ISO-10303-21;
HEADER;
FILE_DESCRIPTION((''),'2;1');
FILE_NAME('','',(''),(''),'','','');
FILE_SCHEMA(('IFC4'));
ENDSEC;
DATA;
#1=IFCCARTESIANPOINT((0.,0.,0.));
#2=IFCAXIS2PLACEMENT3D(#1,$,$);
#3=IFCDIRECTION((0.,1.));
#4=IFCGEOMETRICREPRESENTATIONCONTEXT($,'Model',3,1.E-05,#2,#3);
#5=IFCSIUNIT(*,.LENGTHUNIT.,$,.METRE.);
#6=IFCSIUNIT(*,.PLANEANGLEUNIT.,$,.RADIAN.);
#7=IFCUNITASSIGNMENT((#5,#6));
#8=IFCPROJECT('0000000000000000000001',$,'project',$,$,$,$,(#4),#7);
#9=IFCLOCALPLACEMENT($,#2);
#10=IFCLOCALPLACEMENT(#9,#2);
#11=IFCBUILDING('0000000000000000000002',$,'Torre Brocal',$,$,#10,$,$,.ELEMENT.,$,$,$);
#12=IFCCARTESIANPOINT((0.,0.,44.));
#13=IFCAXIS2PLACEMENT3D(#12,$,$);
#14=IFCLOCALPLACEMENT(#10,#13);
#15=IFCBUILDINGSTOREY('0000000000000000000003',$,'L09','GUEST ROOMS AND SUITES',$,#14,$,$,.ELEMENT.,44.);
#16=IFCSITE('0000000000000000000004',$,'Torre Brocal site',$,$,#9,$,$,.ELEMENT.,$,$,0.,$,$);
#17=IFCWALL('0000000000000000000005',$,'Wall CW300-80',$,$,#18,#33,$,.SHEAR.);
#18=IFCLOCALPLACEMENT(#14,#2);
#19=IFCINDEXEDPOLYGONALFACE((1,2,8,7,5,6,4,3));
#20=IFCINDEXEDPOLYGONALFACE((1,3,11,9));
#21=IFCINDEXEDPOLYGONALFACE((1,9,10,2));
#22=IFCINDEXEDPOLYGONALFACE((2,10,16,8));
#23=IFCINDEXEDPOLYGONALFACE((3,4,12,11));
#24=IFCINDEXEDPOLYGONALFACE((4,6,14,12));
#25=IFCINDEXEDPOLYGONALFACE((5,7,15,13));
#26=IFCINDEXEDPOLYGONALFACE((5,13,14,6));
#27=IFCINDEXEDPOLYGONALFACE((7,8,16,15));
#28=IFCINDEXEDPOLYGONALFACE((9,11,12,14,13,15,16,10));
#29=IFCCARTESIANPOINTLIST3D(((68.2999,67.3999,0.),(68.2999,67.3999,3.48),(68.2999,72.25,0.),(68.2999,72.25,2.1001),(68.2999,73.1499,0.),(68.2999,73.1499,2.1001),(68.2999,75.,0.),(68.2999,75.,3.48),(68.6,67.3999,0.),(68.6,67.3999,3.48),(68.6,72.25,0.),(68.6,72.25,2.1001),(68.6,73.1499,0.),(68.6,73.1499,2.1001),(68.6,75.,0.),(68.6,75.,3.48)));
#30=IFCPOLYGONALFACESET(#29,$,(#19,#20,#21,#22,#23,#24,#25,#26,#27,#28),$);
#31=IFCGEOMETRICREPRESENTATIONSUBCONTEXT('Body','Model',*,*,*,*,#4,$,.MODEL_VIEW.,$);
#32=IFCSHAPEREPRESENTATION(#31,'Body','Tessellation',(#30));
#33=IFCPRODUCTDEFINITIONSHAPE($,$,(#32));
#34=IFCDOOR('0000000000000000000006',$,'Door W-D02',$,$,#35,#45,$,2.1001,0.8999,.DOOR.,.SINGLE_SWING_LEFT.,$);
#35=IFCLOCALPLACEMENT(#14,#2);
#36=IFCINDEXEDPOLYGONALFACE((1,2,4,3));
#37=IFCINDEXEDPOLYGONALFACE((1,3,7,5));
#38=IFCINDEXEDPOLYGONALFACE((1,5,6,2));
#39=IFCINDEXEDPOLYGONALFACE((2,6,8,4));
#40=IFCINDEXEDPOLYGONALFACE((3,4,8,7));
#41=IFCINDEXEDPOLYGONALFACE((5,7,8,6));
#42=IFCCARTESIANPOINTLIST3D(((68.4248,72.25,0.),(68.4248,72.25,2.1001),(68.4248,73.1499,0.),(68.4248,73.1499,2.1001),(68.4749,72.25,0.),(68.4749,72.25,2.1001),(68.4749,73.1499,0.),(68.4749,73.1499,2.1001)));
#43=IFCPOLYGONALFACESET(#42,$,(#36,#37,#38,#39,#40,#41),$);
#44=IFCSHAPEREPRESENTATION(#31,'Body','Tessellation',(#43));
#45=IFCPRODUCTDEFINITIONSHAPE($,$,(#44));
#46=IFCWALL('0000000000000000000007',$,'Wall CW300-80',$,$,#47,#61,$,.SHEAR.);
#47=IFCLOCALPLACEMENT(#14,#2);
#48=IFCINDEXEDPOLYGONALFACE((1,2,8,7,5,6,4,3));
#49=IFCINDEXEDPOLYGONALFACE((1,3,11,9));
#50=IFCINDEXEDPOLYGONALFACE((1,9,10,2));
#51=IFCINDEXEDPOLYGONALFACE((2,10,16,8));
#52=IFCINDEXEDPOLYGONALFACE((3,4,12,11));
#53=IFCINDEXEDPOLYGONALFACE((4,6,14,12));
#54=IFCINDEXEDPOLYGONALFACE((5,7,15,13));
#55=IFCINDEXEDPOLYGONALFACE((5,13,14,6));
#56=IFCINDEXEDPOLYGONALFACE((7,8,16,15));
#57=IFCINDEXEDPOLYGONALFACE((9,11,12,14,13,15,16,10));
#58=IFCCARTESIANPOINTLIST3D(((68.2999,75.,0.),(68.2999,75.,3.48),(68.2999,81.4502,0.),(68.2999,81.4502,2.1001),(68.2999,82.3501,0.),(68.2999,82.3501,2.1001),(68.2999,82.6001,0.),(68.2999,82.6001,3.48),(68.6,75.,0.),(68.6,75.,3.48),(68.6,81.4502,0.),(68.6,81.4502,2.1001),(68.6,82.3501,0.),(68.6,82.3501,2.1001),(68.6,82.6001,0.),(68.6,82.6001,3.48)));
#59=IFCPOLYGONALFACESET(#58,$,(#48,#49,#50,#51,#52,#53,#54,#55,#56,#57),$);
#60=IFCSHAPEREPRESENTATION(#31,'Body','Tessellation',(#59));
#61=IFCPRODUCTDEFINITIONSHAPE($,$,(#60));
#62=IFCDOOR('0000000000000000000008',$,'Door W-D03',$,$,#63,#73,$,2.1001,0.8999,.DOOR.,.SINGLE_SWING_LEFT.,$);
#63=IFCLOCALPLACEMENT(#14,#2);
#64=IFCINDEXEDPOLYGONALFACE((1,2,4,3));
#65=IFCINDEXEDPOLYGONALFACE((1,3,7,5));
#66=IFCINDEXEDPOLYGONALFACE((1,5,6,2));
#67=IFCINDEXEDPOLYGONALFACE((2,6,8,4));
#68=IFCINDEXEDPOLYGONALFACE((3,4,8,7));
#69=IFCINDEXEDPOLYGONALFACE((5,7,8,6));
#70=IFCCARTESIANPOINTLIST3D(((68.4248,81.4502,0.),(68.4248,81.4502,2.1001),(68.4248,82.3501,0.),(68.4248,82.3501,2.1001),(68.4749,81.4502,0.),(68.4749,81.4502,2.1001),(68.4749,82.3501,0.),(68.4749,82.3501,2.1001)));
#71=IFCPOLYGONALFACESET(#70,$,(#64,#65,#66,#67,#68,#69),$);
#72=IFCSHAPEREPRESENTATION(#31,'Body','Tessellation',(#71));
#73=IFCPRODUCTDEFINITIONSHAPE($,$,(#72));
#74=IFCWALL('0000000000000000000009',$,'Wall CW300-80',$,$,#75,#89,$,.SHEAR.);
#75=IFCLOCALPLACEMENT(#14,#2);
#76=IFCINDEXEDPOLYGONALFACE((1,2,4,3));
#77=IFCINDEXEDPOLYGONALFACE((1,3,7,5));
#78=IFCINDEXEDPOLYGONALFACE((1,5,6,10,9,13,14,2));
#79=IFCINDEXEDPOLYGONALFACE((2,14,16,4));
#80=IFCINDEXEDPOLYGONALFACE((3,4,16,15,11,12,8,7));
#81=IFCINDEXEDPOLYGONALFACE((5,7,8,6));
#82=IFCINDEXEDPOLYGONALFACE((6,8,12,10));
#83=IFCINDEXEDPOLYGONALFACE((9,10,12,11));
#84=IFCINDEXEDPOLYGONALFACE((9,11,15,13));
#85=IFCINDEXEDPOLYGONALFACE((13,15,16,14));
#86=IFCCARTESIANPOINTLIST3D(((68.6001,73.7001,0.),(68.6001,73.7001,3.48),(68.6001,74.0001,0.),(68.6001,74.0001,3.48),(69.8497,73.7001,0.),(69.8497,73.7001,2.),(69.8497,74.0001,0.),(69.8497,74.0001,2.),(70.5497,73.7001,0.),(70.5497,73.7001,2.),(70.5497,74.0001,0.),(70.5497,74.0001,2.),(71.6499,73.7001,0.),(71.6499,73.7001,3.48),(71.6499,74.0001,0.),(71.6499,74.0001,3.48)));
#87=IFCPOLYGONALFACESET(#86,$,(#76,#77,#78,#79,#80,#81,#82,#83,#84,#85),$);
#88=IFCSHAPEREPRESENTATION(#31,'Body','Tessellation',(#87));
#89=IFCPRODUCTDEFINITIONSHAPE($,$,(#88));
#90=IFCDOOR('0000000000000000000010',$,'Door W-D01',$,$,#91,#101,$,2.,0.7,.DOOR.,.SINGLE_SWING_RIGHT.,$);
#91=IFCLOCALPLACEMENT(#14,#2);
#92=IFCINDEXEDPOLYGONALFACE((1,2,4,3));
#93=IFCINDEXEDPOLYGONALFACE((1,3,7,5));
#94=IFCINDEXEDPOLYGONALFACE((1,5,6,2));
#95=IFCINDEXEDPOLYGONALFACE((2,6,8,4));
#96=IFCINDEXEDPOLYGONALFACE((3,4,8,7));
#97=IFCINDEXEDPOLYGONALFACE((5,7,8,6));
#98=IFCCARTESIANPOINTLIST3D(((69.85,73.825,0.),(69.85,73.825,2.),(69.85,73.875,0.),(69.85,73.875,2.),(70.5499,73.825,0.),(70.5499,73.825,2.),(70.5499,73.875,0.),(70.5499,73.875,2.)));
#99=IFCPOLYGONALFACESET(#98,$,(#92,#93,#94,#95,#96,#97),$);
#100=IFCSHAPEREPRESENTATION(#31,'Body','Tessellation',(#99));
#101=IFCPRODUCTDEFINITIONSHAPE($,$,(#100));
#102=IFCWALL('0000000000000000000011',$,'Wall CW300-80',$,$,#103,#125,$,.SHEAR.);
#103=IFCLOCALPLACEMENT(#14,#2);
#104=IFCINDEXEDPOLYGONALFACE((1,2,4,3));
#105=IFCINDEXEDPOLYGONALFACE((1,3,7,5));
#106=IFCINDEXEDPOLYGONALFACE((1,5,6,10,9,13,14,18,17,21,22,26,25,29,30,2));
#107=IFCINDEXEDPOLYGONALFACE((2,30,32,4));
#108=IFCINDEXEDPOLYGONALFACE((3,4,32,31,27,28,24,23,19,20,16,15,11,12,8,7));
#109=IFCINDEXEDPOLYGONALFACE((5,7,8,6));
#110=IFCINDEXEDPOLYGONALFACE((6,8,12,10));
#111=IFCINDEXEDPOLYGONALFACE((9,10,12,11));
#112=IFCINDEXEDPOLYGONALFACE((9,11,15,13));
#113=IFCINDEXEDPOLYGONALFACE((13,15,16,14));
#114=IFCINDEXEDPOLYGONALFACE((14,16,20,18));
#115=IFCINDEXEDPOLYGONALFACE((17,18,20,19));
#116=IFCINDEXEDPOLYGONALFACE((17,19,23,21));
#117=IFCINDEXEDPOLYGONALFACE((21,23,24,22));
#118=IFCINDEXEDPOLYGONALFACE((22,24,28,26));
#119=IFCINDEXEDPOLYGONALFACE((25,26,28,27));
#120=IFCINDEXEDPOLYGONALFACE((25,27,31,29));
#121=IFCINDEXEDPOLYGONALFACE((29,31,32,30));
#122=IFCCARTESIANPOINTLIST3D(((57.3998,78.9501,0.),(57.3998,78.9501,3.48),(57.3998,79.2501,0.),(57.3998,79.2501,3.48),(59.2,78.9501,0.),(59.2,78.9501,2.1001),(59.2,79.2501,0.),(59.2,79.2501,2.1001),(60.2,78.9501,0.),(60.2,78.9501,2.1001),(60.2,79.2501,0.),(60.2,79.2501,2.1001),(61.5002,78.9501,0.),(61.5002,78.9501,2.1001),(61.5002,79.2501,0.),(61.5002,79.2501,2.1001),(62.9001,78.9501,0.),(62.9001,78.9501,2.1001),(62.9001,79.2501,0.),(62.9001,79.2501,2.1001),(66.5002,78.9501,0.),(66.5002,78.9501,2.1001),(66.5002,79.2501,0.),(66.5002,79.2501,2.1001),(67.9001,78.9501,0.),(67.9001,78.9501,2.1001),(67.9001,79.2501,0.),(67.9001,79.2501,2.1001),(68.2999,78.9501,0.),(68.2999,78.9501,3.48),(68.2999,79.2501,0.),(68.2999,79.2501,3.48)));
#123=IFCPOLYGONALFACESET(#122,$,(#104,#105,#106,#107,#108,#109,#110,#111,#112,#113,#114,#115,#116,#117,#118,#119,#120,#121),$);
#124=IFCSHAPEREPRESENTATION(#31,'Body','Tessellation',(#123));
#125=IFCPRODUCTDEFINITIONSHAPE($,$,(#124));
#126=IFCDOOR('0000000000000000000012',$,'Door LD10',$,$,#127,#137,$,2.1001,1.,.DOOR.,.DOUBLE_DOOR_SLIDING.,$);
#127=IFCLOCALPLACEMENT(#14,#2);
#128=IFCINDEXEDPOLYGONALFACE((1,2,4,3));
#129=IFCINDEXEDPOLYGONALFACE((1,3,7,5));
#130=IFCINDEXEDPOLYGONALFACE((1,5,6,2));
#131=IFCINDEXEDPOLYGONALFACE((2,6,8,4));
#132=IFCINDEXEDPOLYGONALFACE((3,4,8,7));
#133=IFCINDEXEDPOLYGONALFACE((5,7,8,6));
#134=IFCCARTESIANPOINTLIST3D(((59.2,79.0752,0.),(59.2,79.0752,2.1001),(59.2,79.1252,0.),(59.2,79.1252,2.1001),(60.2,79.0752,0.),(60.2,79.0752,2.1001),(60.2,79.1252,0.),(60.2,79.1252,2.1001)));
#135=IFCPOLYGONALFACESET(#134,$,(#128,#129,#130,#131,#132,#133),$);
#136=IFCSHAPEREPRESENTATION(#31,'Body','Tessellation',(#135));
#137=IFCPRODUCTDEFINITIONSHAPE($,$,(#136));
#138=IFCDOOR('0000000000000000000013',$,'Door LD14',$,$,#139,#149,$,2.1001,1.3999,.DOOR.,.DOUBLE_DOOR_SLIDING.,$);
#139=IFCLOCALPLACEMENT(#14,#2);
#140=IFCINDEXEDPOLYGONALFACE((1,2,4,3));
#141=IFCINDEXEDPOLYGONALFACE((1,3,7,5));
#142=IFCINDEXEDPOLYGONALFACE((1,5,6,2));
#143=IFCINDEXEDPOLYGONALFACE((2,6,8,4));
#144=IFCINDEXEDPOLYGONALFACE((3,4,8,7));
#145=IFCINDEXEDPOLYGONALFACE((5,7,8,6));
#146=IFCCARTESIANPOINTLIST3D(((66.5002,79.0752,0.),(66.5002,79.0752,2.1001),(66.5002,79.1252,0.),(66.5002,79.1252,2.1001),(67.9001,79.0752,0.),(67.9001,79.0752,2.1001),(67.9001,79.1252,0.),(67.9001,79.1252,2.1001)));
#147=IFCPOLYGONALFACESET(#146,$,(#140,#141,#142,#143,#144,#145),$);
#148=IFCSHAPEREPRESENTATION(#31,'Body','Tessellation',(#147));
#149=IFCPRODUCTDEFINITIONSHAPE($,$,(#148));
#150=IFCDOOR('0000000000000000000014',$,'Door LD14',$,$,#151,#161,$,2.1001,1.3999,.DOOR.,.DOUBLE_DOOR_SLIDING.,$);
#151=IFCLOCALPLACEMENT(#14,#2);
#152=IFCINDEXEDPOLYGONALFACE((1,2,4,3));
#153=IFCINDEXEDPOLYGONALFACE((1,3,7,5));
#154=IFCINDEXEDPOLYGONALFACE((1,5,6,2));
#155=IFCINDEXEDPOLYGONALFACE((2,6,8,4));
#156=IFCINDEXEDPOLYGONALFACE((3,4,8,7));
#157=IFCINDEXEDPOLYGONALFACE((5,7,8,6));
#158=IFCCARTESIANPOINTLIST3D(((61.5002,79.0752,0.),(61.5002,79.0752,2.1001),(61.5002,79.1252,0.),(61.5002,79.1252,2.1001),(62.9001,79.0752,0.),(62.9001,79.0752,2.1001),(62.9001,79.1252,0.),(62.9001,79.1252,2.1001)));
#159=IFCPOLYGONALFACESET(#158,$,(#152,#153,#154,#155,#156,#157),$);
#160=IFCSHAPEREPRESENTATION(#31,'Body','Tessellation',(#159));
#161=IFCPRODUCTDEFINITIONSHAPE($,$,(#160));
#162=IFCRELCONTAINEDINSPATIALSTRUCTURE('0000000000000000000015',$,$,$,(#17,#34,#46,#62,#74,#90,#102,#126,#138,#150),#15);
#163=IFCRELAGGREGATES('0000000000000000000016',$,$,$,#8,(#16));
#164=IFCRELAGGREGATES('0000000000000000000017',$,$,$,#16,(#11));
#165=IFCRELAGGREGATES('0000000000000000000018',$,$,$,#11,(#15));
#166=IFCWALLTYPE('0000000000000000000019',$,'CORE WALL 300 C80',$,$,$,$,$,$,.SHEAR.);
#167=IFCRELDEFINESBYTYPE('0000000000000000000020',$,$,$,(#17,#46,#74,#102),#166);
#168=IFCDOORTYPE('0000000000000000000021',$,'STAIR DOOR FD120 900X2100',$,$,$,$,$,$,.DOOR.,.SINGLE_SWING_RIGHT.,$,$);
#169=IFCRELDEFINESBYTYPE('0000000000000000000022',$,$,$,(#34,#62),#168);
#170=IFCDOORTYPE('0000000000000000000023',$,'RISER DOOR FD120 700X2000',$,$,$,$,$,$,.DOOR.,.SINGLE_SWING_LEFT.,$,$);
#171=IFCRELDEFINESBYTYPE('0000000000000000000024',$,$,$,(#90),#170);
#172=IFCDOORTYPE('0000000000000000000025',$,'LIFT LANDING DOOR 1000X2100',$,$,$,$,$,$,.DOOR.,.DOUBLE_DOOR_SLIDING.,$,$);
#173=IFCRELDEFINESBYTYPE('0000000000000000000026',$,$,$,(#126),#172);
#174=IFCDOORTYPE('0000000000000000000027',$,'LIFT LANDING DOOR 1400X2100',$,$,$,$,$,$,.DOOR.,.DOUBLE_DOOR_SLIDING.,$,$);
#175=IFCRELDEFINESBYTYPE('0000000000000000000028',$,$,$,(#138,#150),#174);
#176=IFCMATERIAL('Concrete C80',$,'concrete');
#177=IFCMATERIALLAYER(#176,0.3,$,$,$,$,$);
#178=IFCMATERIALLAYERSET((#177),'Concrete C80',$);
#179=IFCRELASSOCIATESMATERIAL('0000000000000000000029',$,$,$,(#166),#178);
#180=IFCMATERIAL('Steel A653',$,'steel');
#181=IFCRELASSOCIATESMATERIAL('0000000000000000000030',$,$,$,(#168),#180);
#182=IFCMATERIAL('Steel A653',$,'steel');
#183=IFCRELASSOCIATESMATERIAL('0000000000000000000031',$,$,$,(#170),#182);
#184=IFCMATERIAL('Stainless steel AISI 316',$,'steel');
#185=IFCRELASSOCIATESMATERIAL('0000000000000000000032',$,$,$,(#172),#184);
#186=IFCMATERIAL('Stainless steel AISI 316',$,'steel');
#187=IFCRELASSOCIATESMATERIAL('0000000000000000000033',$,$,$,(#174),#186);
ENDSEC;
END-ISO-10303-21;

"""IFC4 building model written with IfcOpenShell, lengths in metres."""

from ifc_helpers import new_model, si_unit, direction, frame, frame_2d, origin, place, context, subcontext, project, spatial, rectangle, extrude, material, layer, layer_set, type_object, element, fill, save


model = new_model("IFC4")

# Units and contexts
model_context = context("Model", 3, precision=1e-05, world=origin(), true_north=direction((0.0, 1.0)))
body_context = subcontext(model_context, "Body", "Model", "MODEL_VIEW")
ifc_project = project(units=[si_unit("LENGTHUNIT", "METRE"), si_unit("PLANEANGLEUNIT", "RADIAN")], contexts=[model_context])

# Site, building, storey
site_placement = place(None, origin())
site = spatial("IfcSite", under=ifc_project, at=site_placement, Name="Torre Brocal site", CompositionType="ELEMENT", RefElevation=0.0)
building_placement = place(site_placement, origin())
building = spatial("IfcBuilding", under=site, at=building_placement, Name="Torre Brocal", CompositionType="ELEMENT")
storey_placement = place(building_placement, frame((0.0, 0.0, 44.0)))
storey = spatial("IfcBuildingStorey", under=building, at=storey_placement, Name="L09", Description="GUEST ROOMS AND SUITES", CompositionType="ELEMENT", Elevation=44.0)

# Walls, openings, doors
ifc_material_1 = material(Name="Concrete C80", Category="concrete")
ifc_layer_1 = layer(ifc_material_1, 0.3)
ifc_layer_set_1 = layer_set([ifc_layer_1], Name="Concrete C80")
wall_type_1 = type_object("IfcWallType", Name="CORE WALL 300 C80", PredefinedType="SHEAR", material=ifc_layer_set_1)
wall_1_placement = place(storey_placement, frame((68.45, 75.0, 0.0), z_axis=(0.0, 0.0, 1.0), x_axis=(0.0, -1.0, 0.0)))
wall_1 = element("IfcWall", 1, at=wall_1_placement, inside=storey, type_object=wall_type_1, Name="Wall CW300-80", PredefinedType="SHEAR", context=body_context, shape_type="SweptSolid", body=[
    extrude(rectangle(XDim=7.6001, YDim=0.3, at=frame_2d((3.8, 0.0))), origin(), (0.0, 0.0, 1.0), 3.48),
])
opening_1_placement = place(wall_1_placement, frame((1.8501, 0.0, 0.0)))
opening_1 = element("IfcOpeningElement", 2, at=opening_1_placement, cuts=wall_1, PredefinedType="OPENING", context=body_context, shape_type="SweptSolid", body=[
    extrude(rectangle(XDim=0.8999, YDim=2.1001, at=frame_2d((0.45, 1.05))), frame((0.0, 0.1599, 0.0), z_axis=(0.0, -1.0, 0.0), x_axis=(1.0, 0.0, 0.0)), (0.0, 0.0, 1.0), 0.3201),
])
ifc_material_2 = material(Name="Steel A653", Category="steel")
door_type_1 = type_object("IfcDoorType", Name="STAIR DOOR FD120 900X2100", OperationType="SINGLE_SWING_RIGHT", PredefinedType="DOOR", material=ifc_material_2)
door_1_placement = place(opening_1_placement, origin())
door_1 = element("IfcDoor", 3, at=door_1_placement, inside=storey, type_object=door_type_1, Name="Door W-D02", OperationType="SINGLE_SWING_LEFT", OverallHeight=2.1001, OverallWidth=0.8999, PredefinedType="DOOR", context=body_context, shape_type="SweptSolid", body=[
    extrude(rectangle(XDim=0.8999, YDim=2.1001, at=frame_2d((0.45, 1.05))), frame((0.0, 0.0249, 0.0), z_axis=(0.0, -1.0, 0.0), x_axis=(1.0, 0.0, 0.0)), (0.0, 0.0, 1.0), 0.05),
])
fill(opening_1, door_1)
wall_2_placement = place(storey_placement, frame((68.45, 82.6001, 0.0), z_axis=(0.0, 0.0, 1.0), x_axis=(0.0, -1.0, 0.0)))
wall_2 = element("IfcWall", 4, at=wall_2_placement, inside=storey, type_object=wall_type_1, Name="Wall CW300-80", PredefinedType="SHEAR", context=body_context, shape_type="SweptSolid", body=[
    extrude(rectangle(XDim=7.6001, YDim=0.3, at=frame_2d((3.8, 0.0))), origin(), (0.0, 0.0, 1.0), 3.48),
])
opening_2_placement = place(wall_2_placement, frame((0.25, 0.0, 0.0)))
opening_2 = element("IfcOpeningElement", 5, at=opening_2_placement, cuts=wall_2, PredefinedType="OPENING", context=body_context, shape_type="SweptSolid", body=[
    extrude(rectangle(XDim=0.8999, YDim=2.1001, at=frame_2d((0.45, 1.05))), frame((0.0, 0.1599, 0.0), z_axis=(0.0, -1.0, 0.0), x_axis=(1.0, 0.0, 0.0)), (0.0, 0.0, 1.0), 0.3201),
])
door_2_placement = place(opening_2_placement, origin())
door_2 = element("IfcDoor", 6, at=door_2_placement, inside=storey, type_object=door_type_1, Name="Door W-D03", OperationType="SINGLE_SWING_LEFT", OverallHeight=2.1001, OverallWidth=0.8999, PredefinedType="DOOR", context=body_context, shape_type="SweptSolid", body=[
    extrude(rectangle(XDim=0.8999, YDim=2.1001, at=frame_2d((0.45, 1.05))), frame((0.0, 0.0249, 0.0), z_axis=(0.0, -1.0, 0.0), x_axis=(1.0, 0.0, 0.0)), (0.0, 0.0, 1.0), 0.05),
])
fill(opening_2, door_2)
wall_3_placement = place(storey_placement, frame((71.6499, 73.8501, 0.0), z_axis=(0.0, 0.0, 1.0), x_axis=(-1.0, 0.0, 0.0)))
wall_3 = element("IfcWall", 7, at=wall_3_placement, inside=storey, type_object=wall_type_1, Name="Wall CW300-80", PredefinedType="SHEAR", context=body_context, shape_type="SweptSolid", body=[
    extrude(rectangle(XDim=3.0498, YDim=0.3, at=frame_2d((1.5249, 0.0))), origin(), (0.0, 0.0, 1.0), 3.48),
])
opening_3_placement = place(wall_3_placement, frame((1.1001, 0.0, 0.0)))
opening_3 = element("IfcOpeningElement", 8, at=opening_3_placement, cuts=wall_3, PredefinedType="OPENING", context=body_context, shape_type="SweptSolid", body=[
    extrude(rectangle(XDim=0.7, YDim=2.0, at=frame_2d((0.3501, 1.0))), frame((0.0, 0.1599, 0.0), z_axis=(0.0, -1.0, 0.0), x_axis=(1.0, 0.0, 0.0)), (0.0, 0.0, 1.0), 0.3201),
])
ifc_material_3 = material(Name="Steel A653", Category="steel")
door_type_2 = type_object("IfcDoorType", Name="RISER DOOR FD120 700X2000", OperationType="SINGLE_SWING_LEFT", PredefinedType="DOOR", material=ifc_material_3)
door_3_placement = place(opening_3_placement, frame((0.7, 0.0, 0.0), z_axis=(0.0, 0.0, 1.0), x_axis=(-1.0, 0.0, 0.0)))
door_3 = element("IfcDoor", 9, at=door_3_placement, inside=storey, type_object=door_type_2, Name="Door W-D01", OperationType="SINGLE_SWING_RIGHT", OverallHeight=2.0, OverallWidth=0.7, PredefinedType="DOOR", context=body_context, shape_type="SweptSolid", body=[
    extrude(rectangle(XDim=0.7, YDim=2.0, at=frame_2d((0.3501, 1.0))), frame((0.0, 0.0249, 0.0), z_axis=(0.0, -1.0, 0.0), x_axis=(1.0, 0.0, 0.0)), (0.0, 0.0, 1.0), 0.05),
])
fill(opening_3, door_3)

# Wall, openings, doors
wall_4_placement = place(storey_placement, frame((68.3, 79.1001, 0.0), z_axis=(0.0, 0.0, 1.0), x_axis=(-1.0, 0.0, 0.0)))
wall_4 = element("IfcWall", 10, at=wall_4_placement, inside=storey, type_object=wall_type_1, Name="Wall CW300-80", PredefinedType="SHEAR", context=body_context, shape_type="SweptSolid", body=[
    extrude(rectangle(XDim=10.9001, YDim=0.3, at=frame_2d((5.4502, 0.0))), origin(), (0.0, 0.0, 1.0), 3.48),
])
opening_4_placement = place(wall_4_placement, frame((0.3999, 0.0, 0.0)))
opening_4 = element("IfcOpeningElement", 11, at=opening_4_placement, cuts=wall_4, PredefinedType="OPENING", context=body_context, shape_type="SweptSolid", body=[
    extrude(rectangle(XDim=1.3999, YDim=2.1001, at=frame_2d((0.7, 1.05))), frame((0.0, 0.1599, 0.0), z_axis=(0.0, -1.0, 0.0), x_axis=(1.0, 0.0, 0.0)), (0.0, 0.0, 1.0), 0.3201),
])
opening_5_placement = place(wall_4_placement, frame((5.3999, 0.0, 0.0)))
opening_5 = element("IfcOpeningElement", 12, at=opening_5_placement, cuts=wall_4, PredefinedType="OPENING", context=body_context, shape_type="SweptSolid", body=[
    extrude(rectangle(XDim=1.3999, YDim=2.1001, at=frame_2d((0.7, 1.05))), frame((0.0, 0.1599, 0.0), z_axis=(0.0, -1.0, 0.0), x_axis=(1.0, 0.0, 0.0)), (0.0, 0.0, 1.0), 0.3201),
])
opening_6_placement = place(wall_4_placement, frame((8.1001, 0.0, 0.0)))
opening_6 = element("IfcOpeningElement", 13, at=opening_6_placement, cuts=wall_4, PredefinedType="OPENING", context=body_context, shape_type="SweptSolid", body=[
    extrude(rectangle(XDim=1.0, YDim=2.1001, at=frame_2d((0.5, 1.05))), frame((0.0, 0.1599, 0.0), z_axis=(0.0, -1.0, 0.0), x_axis=(1.0, 0.0, 0.0)), (0.0, 0.0, 1.0), 0.3201),
])
ifc_material_4 = material(Name="Stainless steel AISI 316", Category="steel")
door_type_3 = type_object("IfcDoorType", Name="LIFT LANDING DOOR 1000X2100", OperationType="DOUBLE_DOOR_SLIDING", PredefinedType="DOOR", material=ifc_material_4)
door_4_placement = place(opening_6_placement, origin())
door_4 = element("IfcDoor", 14, at=door_4_placement, inside=storey, type_object=door_type_3, Name="Door LD10", OperationType="DOUBLE_DOOR_SLIDING", OverallHeight=2.1001, OverallWidth=1.0, PredefinedType="DOOR", context=body_context, shape_type="SweptSolid", body=[
    extrude(rectangle(XDim=1.0, YDim=2.1001, at=frame_2d((0.5, 1.05))), frame((0.0, 0.0249, 0.0), z_axis=(0.0, -1.0, 0.0), x_axis=(1.0, 0.0, 0.0)), (0.0, 0.0, 1.0), 0.05),
])
fill(opening_6, door_4)
ifc_material_5 = material(Name="Stainless steel AISI 316", Category="steel")
door_type_4 = type_object("IfcDoorType", Name="LIFT LANDING DOOR 1400X2100", OperationType="DOUBLE_DOOR_SLIDING", PredefinedType="DOOR", material=ifc_material_5)
door_5_placement = place(opening_4_placement, origin())
door_5 = element("IfcDoor", 15, at=door_5_placement, inside=storey, type_object=door_type_4, Name="Door LD14", OperationType="DOUBLE_DOOR_SLIDING", OverallHeight=2.1001, OverallWidth=1.3999, PredefinedType="DOOR", context=body_context, shape_type="SweptSolid", body=[
    extrude(rectangle(XDim=1.3999, YDim=2.1001, at=frame_2d((0.7, 1.05))), frame((0.0, 0.0249, 0.0), z_axis=(0.0, -1.0, 0.0), x_axis=(1.0, 0.0, 0.0)), (0.0, 0.0, 1.0), 0.05),
])
fill(opening_4, door_5)
door_6_placement = place(opening_5_placement, origin())
door_6 = element("IfcDoor", 16, at=door_6_placement, inside=storey, type_object=door_type_4, Name="Door LD14", OperationType="DOUBLE_DOOR_SLIDING", OverallHeight=2.1001, OverallWidth=1.3999, PredefinedType="DOOR", context=body_context, shape_type="SweptSolid", body=[
    extrude(rectangle(XDim=1.3999, YDim=2.1001, at=frame_2d((0.7, 1.05))), frame((0.0, 0.0249, 0.0), z_axis=(0.0, -1.0, 0.0), x_axis=(1.0, 0.0, 0.0)), (0.0, 0.0, 1.0), 0.05),
])
fill(opening_5, door_6)

save(model, "model.ifc")
